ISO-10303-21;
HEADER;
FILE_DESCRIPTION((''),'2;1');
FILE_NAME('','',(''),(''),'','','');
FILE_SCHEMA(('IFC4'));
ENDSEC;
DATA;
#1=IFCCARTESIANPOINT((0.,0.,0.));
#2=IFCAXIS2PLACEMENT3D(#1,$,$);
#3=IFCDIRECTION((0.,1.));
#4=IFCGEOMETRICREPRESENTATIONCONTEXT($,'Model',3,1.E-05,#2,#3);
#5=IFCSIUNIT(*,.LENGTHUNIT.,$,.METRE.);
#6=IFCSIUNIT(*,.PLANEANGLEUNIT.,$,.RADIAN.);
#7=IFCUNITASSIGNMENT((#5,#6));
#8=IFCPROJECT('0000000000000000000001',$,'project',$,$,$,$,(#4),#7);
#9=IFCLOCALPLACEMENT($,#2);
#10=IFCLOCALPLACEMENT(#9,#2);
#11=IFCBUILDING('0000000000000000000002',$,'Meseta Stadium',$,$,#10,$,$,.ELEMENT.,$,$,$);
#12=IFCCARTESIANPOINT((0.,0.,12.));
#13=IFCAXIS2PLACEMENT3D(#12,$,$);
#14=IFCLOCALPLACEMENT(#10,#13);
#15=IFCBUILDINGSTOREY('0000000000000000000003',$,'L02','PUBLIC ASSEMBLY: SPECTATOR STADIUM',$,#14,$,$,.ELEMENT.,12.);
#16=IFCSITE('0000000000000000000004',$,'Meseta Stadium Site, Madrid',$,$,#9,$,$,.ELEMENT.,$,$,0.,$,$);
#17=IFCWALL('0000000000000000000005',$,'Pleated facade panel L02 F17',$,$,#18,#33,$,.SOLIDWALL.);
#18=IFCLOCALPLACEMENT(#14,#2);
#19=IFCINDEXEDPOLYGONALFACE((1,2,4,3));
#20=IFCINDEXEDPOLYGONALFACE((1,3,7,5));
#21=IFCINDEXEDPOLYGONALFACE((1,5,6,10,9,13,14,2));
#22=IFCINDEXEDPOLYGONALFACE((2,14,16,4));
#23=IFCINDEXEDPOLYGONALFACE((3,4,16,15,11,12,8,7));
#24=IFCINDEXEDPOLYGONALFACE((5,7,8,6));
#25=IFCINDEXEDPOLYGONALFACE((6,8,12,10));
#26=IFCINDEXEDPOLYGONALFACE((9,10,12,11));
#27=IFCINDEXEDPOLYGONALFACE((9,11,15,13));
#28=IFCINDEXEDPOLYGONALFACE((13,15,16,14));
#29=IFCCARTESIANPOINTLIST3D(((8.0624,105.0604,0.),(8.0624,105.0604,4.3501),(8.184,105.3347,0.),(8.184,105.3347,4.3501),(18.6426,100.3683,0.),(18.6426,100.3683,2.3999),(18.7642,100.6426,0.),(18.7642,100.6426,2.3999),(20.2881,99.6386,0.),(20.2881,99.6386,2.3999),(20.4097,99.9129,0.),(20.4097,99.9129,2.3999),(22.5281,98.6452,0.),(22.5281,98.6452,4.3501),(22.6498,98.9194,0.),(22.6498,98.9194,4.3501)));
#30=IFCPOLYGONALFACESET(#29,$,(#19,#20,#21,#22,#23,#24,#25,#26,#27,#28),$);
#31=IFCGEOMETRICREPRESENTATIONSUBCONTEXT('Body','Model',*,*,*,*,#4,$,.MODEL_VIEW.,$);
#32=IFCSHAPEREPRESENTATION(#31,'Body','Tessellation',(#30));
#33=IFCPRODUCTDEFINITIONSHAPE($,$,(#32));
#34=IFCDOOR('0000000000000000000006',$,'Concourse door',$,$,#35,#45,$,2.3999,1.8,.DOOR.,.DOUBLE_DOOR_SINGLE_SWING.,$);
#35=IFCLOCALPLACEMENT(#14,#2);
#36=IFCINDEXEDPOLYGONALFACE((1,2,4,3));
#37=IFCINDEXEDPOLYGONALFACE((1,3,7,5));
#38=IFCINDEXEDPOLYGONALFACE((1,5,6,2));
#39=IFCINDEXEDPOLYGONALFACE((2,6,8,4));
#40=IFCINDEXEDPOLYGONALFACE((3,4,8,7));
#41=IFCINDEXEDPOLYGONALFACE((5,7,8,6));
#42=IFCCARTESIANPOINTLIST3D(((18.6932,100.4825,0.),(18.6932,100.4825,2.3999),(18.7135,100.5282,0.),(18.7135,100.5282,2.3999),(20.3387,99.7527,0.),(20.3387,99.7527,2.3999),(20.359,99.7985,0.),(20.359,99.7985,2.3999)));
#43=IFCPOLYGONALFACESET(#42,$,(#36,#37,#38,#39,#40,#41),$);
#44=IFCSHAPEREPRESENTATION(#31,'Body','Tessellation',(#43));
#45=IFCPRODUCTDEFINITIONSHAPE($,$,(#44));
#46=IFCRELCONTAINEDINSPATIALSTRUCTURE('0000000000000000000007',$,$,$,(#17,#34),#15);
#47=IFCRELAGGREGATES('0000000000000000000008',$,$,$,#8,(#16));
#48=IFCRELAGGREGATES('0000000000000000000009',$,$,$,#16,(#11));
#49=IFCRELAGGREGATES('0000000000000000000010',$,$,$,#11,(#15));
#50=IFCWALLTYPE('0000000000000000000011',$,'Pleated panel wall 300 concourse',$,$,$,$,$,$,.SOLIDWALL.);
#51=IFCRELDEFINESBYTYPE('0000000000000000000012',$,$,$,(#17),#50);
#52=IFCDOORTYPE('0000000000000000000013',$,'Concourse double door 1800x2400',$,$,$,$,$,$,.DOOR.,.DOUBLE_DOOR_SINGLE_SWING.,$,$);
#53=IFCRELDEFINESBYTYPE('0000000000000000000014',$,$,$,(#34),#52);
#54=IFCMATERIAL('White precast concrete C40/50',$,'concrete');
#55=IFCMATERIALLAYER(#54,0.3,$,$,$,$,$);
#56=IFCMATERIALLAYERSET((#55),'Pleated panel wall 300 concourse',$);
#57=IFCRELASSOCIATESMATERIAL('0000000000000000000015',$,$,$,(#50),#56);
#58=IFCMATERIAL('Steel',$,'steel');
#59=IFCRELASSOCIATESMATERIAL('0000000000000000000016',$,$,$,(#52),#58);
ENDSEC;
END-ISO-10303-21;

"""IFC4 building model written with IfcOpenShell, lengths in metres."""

from ifc_helpers import new_model, si_unit, direction, frame, frame_2d, origin, place, context, subcontext, project, spatial, rectangle, extrude, material, layer, layer_set, type_object, element, fill, save


model = new_model("IFC4")

# Units and contexts
model_context = context("Model", 3, precision=1e-05, world=origin(), true_north=direction((0.0, 1.0)))
body_context = subcontext(model_context, "Body", "Model", "MODEL_VIEW")
ifc_project = project(units=[si_unit("LENGTHUNIT", "METRE"), si_unit("PLANEANGLEUNIT", "RADIAN")], contexts=[model_context])

# Site, building, storey
site_placement = place(None, origin())
site = spatial("IfcSite", under=ifc_project, at=site_placement, Name="Meseta Stadium Site, Madrid", CompositionType="ELEMENT", RefElevation=0.0)
building_placement = place(site_placement, origin())
building = spatial("IfcBuilding", under=site, at=building_placement, Name="Meseta Stadium", CompositionType="ELEMENT")
storey_placement = place(building_placement, frame((0.0, 0.0, 12.0)))
storey = spatial("IfcBuildingStorey", under=building, at=storey_placement, Name="L02", Description="PUBLIC ASSEMBLY: SPECTATOR STADIUM", CompositionType="ELEMENT", Elevation=12.0)

# Wall, opening, door
ifc_material_1 = material(Name="White precast concrete C40/50", Category="concrete")
ifc_layer_1 = layer(ifc_material_1, 0.3)
ifc_layer_set_1 = layer_set([ifc_layer_1], Name="Pleated panel wall 300 concourse")
wall_type_1 = type_object("IfcWallType", Name="Pleated panel wall 300 concourse", PredefinedType="SOLIDWALL", material=ifc_layer_set_1)
wall_1_placement = place(storey_placement, frame((8.1233, 105.1975, 0.0), z_axis=(0.0, 0.0, 1.0), x_axis=(0.914139, -0.405401, 0.0)))
wall_1 = element("IfcWall", 1, at=wall_1_placement, inside=storey, type_object=wall_type_1, Name="Pleated facade panel L02 F17", PredefinedType="SOLIDWALL", context=body_context, shape_type="SweptSolid", body=[
    extrude(rectangle(XDim=15.8245, YDim=0.3, at=frame_2d((7.9121, 0.0))), origin(), (0.0, 0.0, 1.0), 4.3501),
])
opening_placement = place(wall_1_placement, frame((11.574, 0.0, 0.0)))
opening = element("IfcOpeningElement", 2, at=opening_placement, cuts=wall_1, PredefinedType="OPENING", context=body_context, shape_type="SweptSolid", body=[
    extrude(rectangle(XDim=1.8, YDim=2.3999, at=frame_2d((0.8999, 1.2))), frame((0.0, 0.1599, 0.0), z_axis=(0.0, -1.0, 0.0), x_axis=(1.0, 0.0, 0.0)), (0.0, 0.0, 1.0), 0.3201),
])
ifc_material_2 = material(Name="Steel", Category="steel")
door_type = type_object("IfcDoorType", Name="Concourse double door 1800x2400", OperationType="DOUBLE_DOOR_SINGLE_SWING", PredefinedType="DOOR", material=ifc_material_2)
door_placement = place(opening_placement, origin())
door = element("IfcDoor", 3, at=door_placement, inside=storey, type_object=door_type, Name="Concourse door", OperationType="DOUBLE_DOOR_SINGLE_SWING", OverallHeight=2.3999, OverallWidth=1.8, PredefinedType="DOOR", context=body_context, shape_type="SweptSolid", body=[
    extrude(rectangle(XDim=1.8, YDim=2.3999, at=frame_2d((0.8999, 1.2))), frame((0.0, 0.0249, 0.0), z_axis=(0.0, -1.0, 0.0), x_axis=(1.0, 0.0, 0.0)), (0.0, 0.0, 1.0), 0.05),
])
fill(opening, door)

save(model, "model.ifc")
